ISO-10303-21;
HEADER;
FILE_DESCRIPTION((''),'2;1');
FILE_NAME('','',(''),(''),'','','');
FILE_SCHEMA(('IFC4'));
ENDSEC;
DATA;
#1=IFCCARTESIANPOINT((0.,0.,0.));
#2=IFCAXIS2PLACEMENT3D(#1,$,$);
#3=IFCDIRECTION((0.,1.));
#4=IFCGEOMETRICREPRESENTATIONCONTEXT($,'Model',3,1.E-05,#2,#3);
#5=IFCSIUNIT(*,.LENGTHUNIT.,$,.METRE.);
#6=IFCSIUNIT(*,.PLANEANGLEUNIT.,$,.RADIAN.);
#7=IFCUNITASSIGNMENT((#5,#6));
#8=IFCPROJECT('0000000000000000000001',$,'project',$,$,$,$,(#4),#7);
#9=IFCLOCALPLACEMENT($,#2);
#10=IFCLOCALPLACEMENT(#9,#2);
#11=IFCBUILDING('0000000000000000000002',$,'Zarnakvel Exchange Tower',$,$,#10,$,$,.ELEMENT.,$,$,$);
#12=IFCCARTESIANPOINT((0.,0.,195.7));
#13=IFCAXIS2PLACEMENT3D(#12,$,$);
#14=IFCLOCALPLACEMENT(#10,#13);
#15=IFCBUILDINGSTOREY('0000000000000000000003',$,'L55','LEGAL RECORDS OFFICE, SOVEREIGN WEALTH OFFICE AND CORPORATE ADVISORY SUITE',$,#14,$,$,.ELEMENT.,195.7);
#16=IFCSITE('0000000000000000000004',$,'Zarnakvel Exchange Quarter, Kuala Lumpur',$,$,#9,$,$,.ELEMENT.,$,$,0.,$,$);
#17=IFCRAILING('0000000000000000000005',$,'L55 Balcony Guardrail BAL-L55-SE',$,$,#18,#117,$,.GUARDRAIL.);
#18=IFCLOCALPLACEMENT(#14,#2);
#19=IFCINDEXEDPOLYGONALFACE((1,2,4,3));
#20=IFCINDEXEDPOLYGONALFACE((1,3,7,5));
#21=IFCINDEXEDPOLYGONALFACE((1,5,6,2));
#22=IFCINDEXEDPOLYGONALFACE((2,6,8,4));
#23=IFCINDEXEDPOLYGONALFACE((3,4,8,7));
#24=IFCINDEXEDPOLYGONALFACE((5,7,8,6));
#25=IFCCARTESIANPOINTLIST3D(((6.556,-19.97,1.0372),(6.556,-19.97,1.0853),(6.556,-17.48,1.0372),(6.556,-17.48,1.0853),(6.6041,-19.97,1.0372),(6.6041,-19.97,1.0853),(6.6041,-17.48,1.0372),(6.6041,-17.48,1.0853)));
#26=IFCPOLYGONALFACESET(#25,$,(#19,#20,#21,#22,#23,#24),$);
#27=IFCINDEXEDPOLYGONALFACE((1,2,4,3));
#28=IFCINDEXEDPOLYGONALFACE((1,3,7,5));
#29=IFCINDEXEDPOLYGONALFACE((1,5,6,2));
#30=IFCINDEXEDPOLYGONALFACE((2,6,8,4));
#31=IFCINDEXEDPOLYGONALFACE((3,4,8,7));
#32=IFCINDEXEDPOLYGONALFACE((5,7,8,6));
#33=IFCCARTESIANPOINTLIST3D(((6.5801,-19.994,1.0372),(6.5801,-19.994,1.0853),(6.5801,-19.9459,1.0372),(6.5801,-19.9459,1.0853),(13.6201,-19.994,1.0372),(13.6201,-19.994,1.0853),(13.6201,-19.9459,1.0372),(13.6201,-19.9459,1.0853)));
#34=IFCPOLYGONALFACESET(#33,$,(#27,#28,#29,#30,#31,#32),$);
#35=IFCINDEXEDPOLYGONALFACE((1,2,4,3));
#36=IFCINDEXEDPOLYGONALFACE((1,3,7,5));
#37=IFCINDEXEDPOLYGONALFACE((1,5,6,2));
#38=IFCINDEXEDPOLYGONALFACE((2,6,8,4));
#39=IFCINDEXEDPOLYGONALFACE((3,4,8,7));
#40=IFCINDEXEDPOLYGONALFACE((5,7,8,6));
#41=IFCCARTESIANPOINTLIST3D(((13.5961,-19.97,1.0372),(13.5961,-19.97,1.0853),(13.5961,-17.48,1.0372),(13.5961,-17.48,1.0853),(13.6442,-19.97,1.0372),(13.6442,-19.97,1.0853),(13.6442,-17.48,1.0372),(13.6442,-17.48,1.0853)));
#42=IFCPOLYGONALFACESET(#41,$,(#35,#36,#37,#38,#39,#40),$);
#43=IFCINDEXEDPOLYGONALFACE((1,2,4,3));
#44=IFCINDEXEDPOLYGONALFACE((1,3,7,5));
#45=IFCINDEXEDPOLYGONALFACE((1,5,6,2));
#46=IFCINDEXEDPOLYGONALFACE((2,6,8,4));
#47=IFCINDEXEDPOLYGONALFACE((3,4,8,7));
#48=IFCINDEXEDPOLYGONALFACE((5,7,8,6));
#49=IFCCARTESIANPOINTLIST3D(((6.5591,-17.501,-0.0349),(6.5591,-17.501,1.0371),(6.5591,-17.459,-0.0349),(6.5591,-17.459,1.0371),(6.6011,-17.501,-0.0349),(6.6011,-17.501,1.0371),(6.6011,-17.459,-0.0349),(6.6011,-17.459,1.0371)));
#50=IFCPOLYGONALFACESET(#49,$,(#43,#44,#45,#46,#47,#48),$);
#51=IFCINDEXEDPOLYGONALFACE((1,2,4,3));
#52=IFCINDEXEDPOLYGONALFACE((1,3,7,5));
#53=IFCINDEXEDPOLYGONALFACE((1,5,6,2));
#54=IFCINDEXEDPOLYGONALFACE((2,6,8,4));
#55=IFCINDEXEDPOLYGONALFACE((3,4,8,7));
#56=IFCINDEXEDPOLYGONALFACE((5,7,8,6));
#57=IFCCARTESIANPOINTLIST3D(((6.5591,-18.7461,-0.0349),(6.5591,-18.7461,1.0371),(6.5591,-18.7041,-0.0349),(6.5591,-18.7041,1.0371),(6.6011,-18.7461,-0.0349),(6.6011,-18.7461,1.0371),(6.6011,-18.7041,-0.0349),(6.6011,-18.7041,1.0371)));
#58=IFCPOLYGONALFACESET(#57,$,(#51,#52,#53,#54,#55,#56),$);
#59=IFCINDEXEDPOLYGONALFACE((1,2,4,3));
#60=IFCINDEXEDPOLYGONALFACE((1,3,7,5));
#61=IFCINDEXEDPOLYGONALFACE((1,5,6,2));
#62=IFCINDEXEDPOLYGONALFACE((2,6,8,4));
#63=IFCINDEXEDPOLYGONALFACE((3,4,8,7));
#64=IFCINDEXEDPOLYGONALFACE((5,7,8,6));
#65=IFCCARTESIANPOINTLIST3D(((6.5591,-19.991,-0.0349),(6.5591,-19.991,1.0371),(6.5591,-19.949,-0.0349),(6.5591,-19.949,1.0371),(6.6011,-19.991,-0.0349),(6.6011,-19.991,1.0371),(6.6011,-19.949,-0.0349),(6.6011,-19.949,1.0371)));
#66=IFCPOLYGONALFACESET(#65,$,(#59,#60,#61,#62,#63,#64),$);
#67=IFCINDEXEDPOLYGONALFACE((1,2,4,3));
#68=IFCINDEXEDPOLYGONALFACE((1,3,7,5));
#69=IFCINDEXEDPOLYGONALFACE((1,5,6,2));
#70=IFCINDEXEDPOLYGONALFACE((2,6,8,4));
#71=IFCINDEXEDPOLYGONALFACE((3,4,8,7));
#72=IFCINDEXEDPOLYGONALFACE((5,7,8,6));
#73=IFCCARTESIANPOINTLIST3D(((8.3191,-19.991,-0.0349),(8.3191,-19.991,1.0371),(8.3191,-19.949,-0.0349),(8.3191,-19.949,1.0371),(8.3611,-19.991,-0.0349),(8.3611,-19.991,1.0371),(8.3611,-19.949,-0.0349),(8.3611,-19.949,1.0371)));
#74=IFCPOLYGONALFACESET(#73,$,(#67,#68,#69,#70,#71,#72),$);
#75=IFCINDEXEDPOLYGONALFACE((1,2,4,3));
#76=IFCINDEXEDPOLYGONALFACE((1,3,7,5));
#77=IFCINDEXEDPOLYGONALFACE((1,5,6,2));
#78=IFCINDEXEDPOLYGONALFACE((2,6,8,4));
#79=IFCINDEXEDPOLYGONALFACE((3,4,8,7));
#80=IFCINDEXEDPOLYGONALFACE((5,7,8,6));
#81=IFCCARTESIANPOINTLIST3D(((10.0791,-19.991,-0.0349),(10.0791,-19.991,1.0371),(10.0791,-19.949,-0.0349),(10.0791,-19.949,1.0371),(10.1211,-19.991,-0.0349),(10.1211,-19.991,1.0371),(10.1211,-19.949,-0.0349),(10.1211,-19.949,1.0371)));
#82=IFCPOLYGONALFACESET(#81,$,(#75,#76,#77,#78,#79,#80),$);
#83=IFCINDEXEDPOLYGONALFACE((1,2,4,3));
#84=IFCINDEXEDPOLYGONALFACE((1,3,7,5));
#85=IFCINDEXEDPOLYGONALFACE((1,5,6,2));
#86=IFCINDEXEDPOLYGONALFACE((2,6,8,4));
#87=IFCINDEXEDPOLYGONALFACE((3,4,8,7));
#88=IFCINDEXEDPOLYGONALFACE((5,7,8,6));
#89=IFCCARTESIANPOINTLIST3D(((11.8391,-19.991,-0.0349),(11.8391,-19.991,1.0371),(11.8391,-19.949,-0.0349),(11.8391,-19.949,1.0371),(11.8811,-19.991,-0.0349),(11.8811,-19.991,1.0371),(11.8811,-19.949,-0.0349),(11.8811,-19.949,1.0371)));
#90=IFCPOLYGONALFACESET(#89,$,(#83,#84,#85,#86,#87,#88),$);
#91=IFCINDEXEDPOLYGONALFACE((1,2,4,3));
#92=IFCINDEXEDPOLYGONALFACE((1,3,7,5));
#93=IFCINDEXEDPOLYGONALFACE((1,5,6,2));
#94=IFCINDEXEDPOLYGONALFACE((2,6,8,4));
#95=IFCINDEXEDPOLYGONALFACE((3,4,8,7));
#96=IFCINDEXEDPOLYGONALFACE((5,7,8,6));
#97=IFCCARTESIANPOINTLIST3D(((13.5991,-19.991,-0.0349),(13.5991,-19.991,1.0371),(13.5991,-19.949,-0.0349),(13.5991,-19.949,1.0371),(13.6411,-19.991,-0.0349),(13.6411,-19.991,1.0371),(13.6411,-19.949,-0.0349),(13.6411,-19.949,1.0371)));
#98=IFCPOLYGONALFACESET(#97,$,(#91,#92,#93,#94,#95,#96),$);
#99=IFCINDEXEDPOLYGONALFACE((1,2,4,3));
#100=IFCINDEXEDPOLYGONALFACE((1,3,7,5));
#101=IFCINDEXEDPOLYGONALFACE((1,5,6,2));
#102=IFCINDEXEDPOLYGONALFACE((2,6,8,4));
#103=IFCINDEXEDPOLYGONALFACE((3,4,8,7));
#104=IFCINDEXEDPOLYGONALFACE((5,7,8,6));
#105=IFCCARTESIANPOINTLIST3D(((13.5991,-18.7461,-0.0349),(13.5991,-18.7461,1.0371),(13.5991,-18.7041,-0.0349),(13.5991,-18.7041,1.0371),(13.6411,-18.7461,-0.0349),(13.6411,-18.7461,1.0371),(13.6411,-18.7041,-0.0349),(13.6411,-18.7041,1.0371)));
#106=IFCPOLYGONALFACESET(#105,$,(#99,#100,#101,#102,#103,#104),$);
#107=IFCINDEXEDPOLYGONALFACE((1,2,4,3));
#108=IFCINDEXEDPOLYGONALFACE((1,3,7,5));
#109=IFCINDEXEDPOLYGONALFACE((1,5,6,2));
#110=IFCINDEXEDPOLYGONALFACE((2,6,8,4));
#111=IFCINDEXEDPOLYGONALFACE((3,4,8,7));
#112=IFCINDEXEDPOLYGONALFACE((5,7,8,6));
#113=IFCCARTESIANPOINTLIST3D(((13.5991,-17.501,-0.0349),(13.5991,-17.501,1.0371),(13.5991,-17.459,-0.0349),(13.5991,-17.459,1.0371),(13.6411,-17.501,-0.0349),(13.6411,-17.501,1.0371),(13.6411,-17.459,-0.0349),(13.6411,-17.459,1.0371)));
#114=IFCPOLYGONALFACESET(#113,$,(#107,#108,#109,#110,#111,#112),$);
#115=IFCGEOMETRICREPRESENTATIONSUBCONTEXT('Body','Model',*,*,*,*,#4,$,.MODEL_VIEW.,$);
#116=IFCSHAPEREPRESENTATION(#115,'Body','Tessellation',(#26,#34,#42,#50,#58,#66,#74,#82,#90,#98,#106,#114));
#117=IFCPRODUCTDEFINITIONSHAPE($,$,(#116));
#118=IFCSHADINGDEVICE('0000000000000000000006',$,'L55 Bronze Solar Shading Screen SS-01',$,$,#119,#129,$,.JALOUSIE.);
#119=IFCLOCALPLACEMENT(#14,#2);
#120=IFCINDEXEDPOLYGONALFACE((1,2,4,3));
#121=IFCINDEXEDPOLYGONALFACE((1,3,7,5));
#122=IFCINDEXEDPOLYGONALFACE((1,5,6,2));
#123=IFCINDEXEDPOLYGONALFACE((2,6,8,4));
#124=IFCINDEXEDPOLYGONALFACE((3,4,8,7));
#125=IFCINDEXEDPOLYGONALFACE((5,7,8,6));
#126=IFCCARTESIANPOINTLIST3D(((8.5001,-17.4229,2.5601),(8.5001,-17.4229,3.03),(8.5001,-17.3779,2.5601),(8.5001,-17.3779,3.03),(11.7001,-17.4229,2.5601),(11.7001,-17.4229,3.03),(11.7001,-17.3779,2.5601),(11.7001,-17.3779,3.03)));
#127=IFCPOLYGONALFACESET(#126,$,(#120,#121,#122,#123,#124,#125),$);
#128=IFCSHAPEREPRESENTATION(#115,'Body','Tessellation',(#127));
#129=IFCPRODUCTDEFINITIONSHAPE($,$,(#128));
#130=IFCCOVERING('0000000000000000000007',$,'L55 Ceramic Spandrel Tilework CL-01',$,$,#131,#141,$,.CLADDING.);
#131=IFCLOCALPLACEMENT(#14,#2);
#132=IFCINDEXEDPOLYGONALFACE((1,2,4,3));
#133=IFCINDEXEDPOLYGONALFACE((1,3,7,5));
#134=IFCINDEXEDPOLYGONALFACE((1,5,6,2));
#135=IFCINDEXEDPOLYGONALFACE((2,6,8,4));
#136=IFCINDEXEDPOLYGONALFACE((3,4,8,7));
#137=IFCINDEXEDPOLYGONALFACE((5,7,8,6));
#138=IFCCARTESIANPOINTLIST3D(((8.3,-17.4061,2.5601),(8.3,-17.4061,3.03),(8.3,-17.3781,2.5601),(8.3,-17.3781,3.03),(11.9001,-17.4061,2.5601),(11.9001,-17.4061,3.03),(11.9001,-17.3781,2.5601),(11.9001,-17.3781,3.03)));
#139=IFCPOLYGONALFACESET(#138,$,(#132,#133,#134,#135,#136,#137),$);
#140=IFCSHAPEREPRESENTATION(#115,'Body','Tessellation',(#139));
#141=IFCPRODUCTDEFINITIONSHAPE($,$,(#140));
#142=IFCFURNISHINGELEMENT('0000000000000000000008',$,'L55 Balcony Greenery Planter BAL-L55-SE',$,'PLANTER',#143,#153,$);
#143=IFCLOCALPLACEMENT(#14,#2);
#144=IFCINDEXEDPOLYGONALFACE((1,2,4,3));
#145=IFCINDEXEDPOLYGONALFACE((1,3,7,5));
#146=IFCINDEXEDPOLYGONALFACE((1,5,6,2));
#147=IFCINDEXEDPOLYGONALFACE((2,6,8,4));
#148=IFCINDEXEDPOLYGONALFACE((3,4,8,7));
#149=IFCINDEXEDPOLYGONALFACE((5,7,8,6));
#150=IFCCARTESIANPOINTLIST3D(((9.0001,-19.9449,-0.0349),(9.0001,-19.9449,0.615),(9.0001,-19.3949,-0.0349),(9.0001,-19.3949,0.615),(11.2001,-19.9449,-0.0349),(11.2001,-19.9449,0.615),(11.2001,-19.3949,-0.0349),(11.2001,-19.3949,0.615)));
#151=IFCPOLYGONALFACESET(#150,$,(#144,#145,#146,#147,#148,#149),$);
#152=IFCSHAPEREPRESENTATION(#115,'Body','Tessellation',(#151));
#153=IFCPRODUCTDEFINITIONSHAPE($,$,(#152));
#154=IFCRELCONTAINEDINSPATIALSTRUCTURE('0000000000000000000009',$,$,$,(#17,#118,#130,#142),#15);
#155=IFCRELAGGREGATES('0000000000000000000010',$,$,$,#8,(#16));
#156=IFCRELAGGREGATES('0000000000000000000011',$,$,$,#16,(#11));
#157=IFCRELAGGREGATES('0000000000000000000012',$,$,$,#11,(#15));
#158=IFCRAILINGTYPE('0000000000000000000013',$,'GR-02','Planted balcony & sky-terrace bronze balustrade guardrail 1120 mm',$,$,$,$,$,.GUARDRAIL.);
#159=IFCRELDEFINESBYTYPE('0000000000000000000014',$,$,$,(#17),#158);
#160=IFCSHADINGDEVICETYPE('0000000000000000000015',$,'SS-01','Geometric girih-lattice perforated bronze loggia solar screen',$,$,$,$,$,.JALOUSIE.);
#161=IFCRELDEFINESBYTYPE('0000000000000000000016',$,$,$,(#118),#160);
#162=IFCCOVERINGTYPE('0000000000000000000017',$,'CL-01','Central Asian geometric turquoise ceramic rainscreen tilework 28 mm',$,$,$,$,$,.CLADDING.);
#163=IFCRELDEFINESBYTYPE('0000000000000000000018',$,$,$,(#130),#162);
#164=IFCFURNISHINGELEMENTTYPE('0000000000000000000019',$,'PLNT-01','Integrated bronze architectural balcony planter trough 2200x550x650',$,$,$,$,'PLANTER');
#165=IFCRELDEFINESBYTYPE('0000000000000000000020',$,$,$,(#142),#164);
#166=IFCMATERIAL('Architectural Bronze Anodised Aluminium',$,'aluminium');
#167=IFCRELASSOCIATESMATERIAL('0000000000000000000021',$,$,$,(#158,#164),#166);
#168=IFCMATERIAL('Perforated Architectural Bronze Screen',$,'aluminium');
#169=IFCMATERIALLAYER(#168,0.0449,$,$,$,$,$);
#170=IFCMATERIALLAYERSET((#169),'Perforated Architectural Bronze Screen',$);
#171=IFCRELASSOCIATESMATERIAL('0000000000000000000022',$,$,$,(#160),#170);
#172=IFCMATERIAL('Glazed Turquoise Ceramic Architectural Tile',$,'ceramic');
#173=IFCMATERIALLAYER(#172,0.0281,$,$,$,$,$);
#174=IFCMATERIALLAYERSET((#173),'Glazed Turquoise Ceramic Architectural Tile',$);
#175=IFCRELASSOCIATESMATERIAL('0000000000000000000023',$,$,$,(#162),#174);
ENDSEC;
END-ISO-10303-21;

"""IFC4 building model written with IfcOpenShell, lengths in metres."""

from ifc_helpers import new_model, si_unit, direction, frame, origin, origin_2d, place, context, subcontext, project, spatial, rectangle, extrude, source, transform, mapped, material, layer, layer_set, type_object, element, save


model = new_model("IFC4")

# Units and contexts
model_context = context("Model", 3, precision=1e-05, world=origin(), true_north=direction((0.0, 1.0)))
body_context = subcontext(model_context, "Body", "Model", "MODEL_VIEW")
ifc_project = project(units=[si_unit("LENGTHUNIT", "METRE"), si_unit("PLANEANGLEUNIT", "RADIAN")], contexts=[model_context])

# Site, building, storey
site_placement = place(None, origin())
site = spatial("IfcSite", under=ifc_project, at=site_placement, Name="Zarnakvel Exchange Quarter, Kuala Lumpur", CompositionType="ELEMENT", RefElevation=0.0)
building_placement = place(site_placement, origin())
building = spatial("IfcBuilding", under=site, at=building_placement, Name="Zarnakvel Exchange Tower", CompositionType="ELEMENT")
storey_placement = place(building_placement, frame((0.0, 0.0, 195.7)))
storey = spatial("IfcBuildingStorey", under=building, at=storey_placement, Name="L55", Description="LEGAL RECORDS OFFICE, SOVEREIGN WEALTH OFFICE AND CORPORATE ADVISORY SUITE", CompositionType="ELEMENT", Elevation=195.7)

# Shared definitions
ifc_material_1 = material(Name="Architectural Bronze Anodised Aluminium", Category="aluminium")

# Railing
railing_type = type_object("IfcRailingType", Name="GR-02", Description="Planted balcony & sky-terrace bronze balustrade guardrail 1120 mm", PredefinedType="GUARDRAIL", material=ifc_material_1)
railing_placement = place(storey_placement, frame((6.5801, -17.48, -0.0349)))
element("IfcRailing", 1, at=railing_placement, inside=storey, type_object=railing_type, Name="L55 Balcony Guardrail BAL-L55-SE", PredefinedType="GUARDRAIL", context=body_context, shape_type="SweptSolid", body=[
    extrude(rectangle(XDim=0.0481, YDim=0.0481, at=origin_2d()), frame((0.0, 0.0, 1.0962), z_axis=(0.0, -1.0, 0.0), x_axis=(1.0, 0.0, 0.0)), (0.0, 0.0, 1.0), 2.49),
    extrude(rectangle(XDim=0.0481, YDim=0.0481, at=origin_2d()), frame((0.0, -2.49, 1.0962), z_axis=(1.0, 0.0, 0.0), x_axis=(0.0, 1.0, 0.0)), (0.0, 0.0, 1.0), 7.04),
    extrude(rectangle(XDim=0.0481, YDim=0.0481, at=origin_2d()), frame((7.04, -2.49, 1.0962), z_axis=(0.0, 1.0, 0.0), x_axis=(-1.0, 0.0, 0.0)), (0.0, 0.0, 1.0), 2.49),
    extrude(rectangle(XDim=0.042, YDim=0.042, at=origin_2d()), origin(), (0.0, 0.0, 1.0), 1.072),
    extrude(rectangle(XDim=0.042, YDim=0.042, at=origin_2d()), frame((0.0, -1.2451, 0.0)), (0.0, 0.0, 1.0), 1.072),
    extrude(rectangle(XDim=0.042, YDim=0.042, at=origin_2d()), frame((0.0, -2.49, 0.0)), (0.0, 0.0, 1.0), 1.072),
    extrude(rectangle(XDim=0.042, YDim=0.042, at=origin_2d()), frame((1.76, -2.49, 0.0)), (0.0, 0.0, 1.0), 1.072),
    extrude(rectangle(XDim=0.042, YDim=0.042, at=origin_2d()), frame((3.52, -2.49, 0.0)), (0.0, 0.0, 1.0), 1.072),
    extrude(rectangle(XDim=0.042, YDim=0.042, at=origin_2d()), frame((5.28, -2.49, 0.0)), (0.0, 0.0, 1.0), 1.072),
    extrude(rectangle(XDim=0.042, YDim=0.042, at=origin_2d()), frame((7.04, -2.49, 0.0)), (0.0, 0.0, 1.0), 1.072),
    extrude(rectangle(XDim=0.042, YDim=0.042, at=origin_2d()), frame((7.04, -1.2451, 0.0)), (0.0, 0.0, 1.0), 1.072),
    extrude(rectangle(XDim=0.042, YDim=0.042, at=origin_2d()), frame((7.04, 0.0, 0.0)), (0.0, 0.0, 1.0), 1.072),
])

# Shading device
ifc_material_2 = material(Name="Perforated Architectural Bronze Screen", Category="aluminium")
ifc_layer_1 = layer(ifc_material_2, 0.0449)
ifc_layer_set_1 = layer_set([ifc_layer_1], Name="Perforated Architectural Bronze Screen")
shading_device_type = type_object("IfcShadingDeviceType", Name="SS-01", Description="Geometric girih-lattice perforated bronze loggia solar screen", PredefinedType="JALOUSIE", material=ifc_layer_set_1)
shared_shape_1 = source(origin(), body_context, "Body", "SweptSolid", [
    extrude(rectangle(XDim=3.2, YDim=0.0449, at=origin_2d()), origin(), (0.0, 0.0, 1.0), 0.47),
])
shading_device_placement = place(storey_placement, frame((10.1001, -17.4004, 2.5601), z_axis=(0.0, 0.0, 1.0), x_axis=(-1.0, 0.0, 0.0)))
element("IfcShadingDevice", 2, at=shading_device_placement, inside=storey, type_object=shading_device_type, Name="L55 Bronze Solar Shading Screen SS-01", PredefinedType="JALOUSIE", context=body_context, shape_type="MappedRepresentation", body=[
    mapped(shared_shape_1, transform((0.0, 0.0, 0.0), x_axis=(1.0, 0.0, 0.0), y_axis=(0.0, 1.0, 0.0), z_axis=(0.0, 0.0, 1.0), scale=1.0)),
])

# Covering
ifc_material_3 = material(Name="Glazed Turquoise Ceramic Architectural Tile", Category="ceramic")
ifc_layer_2 = layer(ifc_material_3, 0.0281)
ifc_layer_set_2 = layer_set([ifc_layer_2], Name="Glazed Turquoise Ceramic Architectural Tile")
covering_type = type_object("IfcCoveringType", Name="CL-01", Description="Central Asian geometric turquoise ceramic rainscreen tilework 28 mm", PredefinedType="CLADDING", material=ifc_layer_set_2)
shared_shape_2 = source(origin(), body_context, "Body", "SweptSolid", [
    extrude(rectangle(XDim=3.6001, YDim=0.0281, at=origin_2d()), origin(), (0.0, 0.0, 1.0), 0.47),
])
covering_placement = place(storey_placement, frame((10.1001, -17.3921, 2.5601), z_axis=(0.0, 0.0, 1.0), x_axis=(-1.0, 0.0, 0.0)))
element("IfcCovering", 3, at=covering_placement, inside=storey, type_object=covering_type, Name="L55 Ceramic Spandrel Tilework CL-01", PredefinedType="CLADDING", context=body_context, shape_type="MappedRepresentation", body=[
    mapped(shared_shape_2, transform((0.0, 0.0, 0.0), x_axis=(1.0, 0.0, 0.0), y_axis=(0.0, 1.0, 0.0), z_axis=(0.0, 0.0, 1.0), scale=1.0)),
])

# Furnishing element
furnishing_element_type = type_object("IfcFurnishingElementType", Name="PLNT-01", Description="Integrated bronze architectural balcony planter trough 2200x550x650", ElementType="PLANTER", material=ifc_material_1)
shared_shape_3 = source(origin(), body_context, "Body", "SweptSolid", [
    extrude(rectangle(XDim=2.2, YDim=0.55, at=origin_2d()), origin(), (0.0, 0.0, 1.0), 0.6499),
])
furnishing_placement = place(storey_placement, frame((10.1001, -19.6699, -0.0349), z_axis=(0.0, 0.0, 1.0), x_axis=(1.0, 0.0, 0.0)))
element("IfcFurnishingElement", 4, at=furnishing_placement, inside=storey, type_object=furnishing_element_type, Name="L55 Balcony Greenery Planter BAL-L55-SE", ObjectType="PLANTER", context=body_context, shape_type="MappedRepresentation", body=[
    mapped(shared_shape_3, transform((0.0, 0.0, 0.0), x_axis=(1.0, 0.0, 0.0), y_axis=(0.0, 1.0, 0.0), z_axis=(0.0, 0.0, 1.0), scale=1.0)),
])

save(model, "model.ifc")
